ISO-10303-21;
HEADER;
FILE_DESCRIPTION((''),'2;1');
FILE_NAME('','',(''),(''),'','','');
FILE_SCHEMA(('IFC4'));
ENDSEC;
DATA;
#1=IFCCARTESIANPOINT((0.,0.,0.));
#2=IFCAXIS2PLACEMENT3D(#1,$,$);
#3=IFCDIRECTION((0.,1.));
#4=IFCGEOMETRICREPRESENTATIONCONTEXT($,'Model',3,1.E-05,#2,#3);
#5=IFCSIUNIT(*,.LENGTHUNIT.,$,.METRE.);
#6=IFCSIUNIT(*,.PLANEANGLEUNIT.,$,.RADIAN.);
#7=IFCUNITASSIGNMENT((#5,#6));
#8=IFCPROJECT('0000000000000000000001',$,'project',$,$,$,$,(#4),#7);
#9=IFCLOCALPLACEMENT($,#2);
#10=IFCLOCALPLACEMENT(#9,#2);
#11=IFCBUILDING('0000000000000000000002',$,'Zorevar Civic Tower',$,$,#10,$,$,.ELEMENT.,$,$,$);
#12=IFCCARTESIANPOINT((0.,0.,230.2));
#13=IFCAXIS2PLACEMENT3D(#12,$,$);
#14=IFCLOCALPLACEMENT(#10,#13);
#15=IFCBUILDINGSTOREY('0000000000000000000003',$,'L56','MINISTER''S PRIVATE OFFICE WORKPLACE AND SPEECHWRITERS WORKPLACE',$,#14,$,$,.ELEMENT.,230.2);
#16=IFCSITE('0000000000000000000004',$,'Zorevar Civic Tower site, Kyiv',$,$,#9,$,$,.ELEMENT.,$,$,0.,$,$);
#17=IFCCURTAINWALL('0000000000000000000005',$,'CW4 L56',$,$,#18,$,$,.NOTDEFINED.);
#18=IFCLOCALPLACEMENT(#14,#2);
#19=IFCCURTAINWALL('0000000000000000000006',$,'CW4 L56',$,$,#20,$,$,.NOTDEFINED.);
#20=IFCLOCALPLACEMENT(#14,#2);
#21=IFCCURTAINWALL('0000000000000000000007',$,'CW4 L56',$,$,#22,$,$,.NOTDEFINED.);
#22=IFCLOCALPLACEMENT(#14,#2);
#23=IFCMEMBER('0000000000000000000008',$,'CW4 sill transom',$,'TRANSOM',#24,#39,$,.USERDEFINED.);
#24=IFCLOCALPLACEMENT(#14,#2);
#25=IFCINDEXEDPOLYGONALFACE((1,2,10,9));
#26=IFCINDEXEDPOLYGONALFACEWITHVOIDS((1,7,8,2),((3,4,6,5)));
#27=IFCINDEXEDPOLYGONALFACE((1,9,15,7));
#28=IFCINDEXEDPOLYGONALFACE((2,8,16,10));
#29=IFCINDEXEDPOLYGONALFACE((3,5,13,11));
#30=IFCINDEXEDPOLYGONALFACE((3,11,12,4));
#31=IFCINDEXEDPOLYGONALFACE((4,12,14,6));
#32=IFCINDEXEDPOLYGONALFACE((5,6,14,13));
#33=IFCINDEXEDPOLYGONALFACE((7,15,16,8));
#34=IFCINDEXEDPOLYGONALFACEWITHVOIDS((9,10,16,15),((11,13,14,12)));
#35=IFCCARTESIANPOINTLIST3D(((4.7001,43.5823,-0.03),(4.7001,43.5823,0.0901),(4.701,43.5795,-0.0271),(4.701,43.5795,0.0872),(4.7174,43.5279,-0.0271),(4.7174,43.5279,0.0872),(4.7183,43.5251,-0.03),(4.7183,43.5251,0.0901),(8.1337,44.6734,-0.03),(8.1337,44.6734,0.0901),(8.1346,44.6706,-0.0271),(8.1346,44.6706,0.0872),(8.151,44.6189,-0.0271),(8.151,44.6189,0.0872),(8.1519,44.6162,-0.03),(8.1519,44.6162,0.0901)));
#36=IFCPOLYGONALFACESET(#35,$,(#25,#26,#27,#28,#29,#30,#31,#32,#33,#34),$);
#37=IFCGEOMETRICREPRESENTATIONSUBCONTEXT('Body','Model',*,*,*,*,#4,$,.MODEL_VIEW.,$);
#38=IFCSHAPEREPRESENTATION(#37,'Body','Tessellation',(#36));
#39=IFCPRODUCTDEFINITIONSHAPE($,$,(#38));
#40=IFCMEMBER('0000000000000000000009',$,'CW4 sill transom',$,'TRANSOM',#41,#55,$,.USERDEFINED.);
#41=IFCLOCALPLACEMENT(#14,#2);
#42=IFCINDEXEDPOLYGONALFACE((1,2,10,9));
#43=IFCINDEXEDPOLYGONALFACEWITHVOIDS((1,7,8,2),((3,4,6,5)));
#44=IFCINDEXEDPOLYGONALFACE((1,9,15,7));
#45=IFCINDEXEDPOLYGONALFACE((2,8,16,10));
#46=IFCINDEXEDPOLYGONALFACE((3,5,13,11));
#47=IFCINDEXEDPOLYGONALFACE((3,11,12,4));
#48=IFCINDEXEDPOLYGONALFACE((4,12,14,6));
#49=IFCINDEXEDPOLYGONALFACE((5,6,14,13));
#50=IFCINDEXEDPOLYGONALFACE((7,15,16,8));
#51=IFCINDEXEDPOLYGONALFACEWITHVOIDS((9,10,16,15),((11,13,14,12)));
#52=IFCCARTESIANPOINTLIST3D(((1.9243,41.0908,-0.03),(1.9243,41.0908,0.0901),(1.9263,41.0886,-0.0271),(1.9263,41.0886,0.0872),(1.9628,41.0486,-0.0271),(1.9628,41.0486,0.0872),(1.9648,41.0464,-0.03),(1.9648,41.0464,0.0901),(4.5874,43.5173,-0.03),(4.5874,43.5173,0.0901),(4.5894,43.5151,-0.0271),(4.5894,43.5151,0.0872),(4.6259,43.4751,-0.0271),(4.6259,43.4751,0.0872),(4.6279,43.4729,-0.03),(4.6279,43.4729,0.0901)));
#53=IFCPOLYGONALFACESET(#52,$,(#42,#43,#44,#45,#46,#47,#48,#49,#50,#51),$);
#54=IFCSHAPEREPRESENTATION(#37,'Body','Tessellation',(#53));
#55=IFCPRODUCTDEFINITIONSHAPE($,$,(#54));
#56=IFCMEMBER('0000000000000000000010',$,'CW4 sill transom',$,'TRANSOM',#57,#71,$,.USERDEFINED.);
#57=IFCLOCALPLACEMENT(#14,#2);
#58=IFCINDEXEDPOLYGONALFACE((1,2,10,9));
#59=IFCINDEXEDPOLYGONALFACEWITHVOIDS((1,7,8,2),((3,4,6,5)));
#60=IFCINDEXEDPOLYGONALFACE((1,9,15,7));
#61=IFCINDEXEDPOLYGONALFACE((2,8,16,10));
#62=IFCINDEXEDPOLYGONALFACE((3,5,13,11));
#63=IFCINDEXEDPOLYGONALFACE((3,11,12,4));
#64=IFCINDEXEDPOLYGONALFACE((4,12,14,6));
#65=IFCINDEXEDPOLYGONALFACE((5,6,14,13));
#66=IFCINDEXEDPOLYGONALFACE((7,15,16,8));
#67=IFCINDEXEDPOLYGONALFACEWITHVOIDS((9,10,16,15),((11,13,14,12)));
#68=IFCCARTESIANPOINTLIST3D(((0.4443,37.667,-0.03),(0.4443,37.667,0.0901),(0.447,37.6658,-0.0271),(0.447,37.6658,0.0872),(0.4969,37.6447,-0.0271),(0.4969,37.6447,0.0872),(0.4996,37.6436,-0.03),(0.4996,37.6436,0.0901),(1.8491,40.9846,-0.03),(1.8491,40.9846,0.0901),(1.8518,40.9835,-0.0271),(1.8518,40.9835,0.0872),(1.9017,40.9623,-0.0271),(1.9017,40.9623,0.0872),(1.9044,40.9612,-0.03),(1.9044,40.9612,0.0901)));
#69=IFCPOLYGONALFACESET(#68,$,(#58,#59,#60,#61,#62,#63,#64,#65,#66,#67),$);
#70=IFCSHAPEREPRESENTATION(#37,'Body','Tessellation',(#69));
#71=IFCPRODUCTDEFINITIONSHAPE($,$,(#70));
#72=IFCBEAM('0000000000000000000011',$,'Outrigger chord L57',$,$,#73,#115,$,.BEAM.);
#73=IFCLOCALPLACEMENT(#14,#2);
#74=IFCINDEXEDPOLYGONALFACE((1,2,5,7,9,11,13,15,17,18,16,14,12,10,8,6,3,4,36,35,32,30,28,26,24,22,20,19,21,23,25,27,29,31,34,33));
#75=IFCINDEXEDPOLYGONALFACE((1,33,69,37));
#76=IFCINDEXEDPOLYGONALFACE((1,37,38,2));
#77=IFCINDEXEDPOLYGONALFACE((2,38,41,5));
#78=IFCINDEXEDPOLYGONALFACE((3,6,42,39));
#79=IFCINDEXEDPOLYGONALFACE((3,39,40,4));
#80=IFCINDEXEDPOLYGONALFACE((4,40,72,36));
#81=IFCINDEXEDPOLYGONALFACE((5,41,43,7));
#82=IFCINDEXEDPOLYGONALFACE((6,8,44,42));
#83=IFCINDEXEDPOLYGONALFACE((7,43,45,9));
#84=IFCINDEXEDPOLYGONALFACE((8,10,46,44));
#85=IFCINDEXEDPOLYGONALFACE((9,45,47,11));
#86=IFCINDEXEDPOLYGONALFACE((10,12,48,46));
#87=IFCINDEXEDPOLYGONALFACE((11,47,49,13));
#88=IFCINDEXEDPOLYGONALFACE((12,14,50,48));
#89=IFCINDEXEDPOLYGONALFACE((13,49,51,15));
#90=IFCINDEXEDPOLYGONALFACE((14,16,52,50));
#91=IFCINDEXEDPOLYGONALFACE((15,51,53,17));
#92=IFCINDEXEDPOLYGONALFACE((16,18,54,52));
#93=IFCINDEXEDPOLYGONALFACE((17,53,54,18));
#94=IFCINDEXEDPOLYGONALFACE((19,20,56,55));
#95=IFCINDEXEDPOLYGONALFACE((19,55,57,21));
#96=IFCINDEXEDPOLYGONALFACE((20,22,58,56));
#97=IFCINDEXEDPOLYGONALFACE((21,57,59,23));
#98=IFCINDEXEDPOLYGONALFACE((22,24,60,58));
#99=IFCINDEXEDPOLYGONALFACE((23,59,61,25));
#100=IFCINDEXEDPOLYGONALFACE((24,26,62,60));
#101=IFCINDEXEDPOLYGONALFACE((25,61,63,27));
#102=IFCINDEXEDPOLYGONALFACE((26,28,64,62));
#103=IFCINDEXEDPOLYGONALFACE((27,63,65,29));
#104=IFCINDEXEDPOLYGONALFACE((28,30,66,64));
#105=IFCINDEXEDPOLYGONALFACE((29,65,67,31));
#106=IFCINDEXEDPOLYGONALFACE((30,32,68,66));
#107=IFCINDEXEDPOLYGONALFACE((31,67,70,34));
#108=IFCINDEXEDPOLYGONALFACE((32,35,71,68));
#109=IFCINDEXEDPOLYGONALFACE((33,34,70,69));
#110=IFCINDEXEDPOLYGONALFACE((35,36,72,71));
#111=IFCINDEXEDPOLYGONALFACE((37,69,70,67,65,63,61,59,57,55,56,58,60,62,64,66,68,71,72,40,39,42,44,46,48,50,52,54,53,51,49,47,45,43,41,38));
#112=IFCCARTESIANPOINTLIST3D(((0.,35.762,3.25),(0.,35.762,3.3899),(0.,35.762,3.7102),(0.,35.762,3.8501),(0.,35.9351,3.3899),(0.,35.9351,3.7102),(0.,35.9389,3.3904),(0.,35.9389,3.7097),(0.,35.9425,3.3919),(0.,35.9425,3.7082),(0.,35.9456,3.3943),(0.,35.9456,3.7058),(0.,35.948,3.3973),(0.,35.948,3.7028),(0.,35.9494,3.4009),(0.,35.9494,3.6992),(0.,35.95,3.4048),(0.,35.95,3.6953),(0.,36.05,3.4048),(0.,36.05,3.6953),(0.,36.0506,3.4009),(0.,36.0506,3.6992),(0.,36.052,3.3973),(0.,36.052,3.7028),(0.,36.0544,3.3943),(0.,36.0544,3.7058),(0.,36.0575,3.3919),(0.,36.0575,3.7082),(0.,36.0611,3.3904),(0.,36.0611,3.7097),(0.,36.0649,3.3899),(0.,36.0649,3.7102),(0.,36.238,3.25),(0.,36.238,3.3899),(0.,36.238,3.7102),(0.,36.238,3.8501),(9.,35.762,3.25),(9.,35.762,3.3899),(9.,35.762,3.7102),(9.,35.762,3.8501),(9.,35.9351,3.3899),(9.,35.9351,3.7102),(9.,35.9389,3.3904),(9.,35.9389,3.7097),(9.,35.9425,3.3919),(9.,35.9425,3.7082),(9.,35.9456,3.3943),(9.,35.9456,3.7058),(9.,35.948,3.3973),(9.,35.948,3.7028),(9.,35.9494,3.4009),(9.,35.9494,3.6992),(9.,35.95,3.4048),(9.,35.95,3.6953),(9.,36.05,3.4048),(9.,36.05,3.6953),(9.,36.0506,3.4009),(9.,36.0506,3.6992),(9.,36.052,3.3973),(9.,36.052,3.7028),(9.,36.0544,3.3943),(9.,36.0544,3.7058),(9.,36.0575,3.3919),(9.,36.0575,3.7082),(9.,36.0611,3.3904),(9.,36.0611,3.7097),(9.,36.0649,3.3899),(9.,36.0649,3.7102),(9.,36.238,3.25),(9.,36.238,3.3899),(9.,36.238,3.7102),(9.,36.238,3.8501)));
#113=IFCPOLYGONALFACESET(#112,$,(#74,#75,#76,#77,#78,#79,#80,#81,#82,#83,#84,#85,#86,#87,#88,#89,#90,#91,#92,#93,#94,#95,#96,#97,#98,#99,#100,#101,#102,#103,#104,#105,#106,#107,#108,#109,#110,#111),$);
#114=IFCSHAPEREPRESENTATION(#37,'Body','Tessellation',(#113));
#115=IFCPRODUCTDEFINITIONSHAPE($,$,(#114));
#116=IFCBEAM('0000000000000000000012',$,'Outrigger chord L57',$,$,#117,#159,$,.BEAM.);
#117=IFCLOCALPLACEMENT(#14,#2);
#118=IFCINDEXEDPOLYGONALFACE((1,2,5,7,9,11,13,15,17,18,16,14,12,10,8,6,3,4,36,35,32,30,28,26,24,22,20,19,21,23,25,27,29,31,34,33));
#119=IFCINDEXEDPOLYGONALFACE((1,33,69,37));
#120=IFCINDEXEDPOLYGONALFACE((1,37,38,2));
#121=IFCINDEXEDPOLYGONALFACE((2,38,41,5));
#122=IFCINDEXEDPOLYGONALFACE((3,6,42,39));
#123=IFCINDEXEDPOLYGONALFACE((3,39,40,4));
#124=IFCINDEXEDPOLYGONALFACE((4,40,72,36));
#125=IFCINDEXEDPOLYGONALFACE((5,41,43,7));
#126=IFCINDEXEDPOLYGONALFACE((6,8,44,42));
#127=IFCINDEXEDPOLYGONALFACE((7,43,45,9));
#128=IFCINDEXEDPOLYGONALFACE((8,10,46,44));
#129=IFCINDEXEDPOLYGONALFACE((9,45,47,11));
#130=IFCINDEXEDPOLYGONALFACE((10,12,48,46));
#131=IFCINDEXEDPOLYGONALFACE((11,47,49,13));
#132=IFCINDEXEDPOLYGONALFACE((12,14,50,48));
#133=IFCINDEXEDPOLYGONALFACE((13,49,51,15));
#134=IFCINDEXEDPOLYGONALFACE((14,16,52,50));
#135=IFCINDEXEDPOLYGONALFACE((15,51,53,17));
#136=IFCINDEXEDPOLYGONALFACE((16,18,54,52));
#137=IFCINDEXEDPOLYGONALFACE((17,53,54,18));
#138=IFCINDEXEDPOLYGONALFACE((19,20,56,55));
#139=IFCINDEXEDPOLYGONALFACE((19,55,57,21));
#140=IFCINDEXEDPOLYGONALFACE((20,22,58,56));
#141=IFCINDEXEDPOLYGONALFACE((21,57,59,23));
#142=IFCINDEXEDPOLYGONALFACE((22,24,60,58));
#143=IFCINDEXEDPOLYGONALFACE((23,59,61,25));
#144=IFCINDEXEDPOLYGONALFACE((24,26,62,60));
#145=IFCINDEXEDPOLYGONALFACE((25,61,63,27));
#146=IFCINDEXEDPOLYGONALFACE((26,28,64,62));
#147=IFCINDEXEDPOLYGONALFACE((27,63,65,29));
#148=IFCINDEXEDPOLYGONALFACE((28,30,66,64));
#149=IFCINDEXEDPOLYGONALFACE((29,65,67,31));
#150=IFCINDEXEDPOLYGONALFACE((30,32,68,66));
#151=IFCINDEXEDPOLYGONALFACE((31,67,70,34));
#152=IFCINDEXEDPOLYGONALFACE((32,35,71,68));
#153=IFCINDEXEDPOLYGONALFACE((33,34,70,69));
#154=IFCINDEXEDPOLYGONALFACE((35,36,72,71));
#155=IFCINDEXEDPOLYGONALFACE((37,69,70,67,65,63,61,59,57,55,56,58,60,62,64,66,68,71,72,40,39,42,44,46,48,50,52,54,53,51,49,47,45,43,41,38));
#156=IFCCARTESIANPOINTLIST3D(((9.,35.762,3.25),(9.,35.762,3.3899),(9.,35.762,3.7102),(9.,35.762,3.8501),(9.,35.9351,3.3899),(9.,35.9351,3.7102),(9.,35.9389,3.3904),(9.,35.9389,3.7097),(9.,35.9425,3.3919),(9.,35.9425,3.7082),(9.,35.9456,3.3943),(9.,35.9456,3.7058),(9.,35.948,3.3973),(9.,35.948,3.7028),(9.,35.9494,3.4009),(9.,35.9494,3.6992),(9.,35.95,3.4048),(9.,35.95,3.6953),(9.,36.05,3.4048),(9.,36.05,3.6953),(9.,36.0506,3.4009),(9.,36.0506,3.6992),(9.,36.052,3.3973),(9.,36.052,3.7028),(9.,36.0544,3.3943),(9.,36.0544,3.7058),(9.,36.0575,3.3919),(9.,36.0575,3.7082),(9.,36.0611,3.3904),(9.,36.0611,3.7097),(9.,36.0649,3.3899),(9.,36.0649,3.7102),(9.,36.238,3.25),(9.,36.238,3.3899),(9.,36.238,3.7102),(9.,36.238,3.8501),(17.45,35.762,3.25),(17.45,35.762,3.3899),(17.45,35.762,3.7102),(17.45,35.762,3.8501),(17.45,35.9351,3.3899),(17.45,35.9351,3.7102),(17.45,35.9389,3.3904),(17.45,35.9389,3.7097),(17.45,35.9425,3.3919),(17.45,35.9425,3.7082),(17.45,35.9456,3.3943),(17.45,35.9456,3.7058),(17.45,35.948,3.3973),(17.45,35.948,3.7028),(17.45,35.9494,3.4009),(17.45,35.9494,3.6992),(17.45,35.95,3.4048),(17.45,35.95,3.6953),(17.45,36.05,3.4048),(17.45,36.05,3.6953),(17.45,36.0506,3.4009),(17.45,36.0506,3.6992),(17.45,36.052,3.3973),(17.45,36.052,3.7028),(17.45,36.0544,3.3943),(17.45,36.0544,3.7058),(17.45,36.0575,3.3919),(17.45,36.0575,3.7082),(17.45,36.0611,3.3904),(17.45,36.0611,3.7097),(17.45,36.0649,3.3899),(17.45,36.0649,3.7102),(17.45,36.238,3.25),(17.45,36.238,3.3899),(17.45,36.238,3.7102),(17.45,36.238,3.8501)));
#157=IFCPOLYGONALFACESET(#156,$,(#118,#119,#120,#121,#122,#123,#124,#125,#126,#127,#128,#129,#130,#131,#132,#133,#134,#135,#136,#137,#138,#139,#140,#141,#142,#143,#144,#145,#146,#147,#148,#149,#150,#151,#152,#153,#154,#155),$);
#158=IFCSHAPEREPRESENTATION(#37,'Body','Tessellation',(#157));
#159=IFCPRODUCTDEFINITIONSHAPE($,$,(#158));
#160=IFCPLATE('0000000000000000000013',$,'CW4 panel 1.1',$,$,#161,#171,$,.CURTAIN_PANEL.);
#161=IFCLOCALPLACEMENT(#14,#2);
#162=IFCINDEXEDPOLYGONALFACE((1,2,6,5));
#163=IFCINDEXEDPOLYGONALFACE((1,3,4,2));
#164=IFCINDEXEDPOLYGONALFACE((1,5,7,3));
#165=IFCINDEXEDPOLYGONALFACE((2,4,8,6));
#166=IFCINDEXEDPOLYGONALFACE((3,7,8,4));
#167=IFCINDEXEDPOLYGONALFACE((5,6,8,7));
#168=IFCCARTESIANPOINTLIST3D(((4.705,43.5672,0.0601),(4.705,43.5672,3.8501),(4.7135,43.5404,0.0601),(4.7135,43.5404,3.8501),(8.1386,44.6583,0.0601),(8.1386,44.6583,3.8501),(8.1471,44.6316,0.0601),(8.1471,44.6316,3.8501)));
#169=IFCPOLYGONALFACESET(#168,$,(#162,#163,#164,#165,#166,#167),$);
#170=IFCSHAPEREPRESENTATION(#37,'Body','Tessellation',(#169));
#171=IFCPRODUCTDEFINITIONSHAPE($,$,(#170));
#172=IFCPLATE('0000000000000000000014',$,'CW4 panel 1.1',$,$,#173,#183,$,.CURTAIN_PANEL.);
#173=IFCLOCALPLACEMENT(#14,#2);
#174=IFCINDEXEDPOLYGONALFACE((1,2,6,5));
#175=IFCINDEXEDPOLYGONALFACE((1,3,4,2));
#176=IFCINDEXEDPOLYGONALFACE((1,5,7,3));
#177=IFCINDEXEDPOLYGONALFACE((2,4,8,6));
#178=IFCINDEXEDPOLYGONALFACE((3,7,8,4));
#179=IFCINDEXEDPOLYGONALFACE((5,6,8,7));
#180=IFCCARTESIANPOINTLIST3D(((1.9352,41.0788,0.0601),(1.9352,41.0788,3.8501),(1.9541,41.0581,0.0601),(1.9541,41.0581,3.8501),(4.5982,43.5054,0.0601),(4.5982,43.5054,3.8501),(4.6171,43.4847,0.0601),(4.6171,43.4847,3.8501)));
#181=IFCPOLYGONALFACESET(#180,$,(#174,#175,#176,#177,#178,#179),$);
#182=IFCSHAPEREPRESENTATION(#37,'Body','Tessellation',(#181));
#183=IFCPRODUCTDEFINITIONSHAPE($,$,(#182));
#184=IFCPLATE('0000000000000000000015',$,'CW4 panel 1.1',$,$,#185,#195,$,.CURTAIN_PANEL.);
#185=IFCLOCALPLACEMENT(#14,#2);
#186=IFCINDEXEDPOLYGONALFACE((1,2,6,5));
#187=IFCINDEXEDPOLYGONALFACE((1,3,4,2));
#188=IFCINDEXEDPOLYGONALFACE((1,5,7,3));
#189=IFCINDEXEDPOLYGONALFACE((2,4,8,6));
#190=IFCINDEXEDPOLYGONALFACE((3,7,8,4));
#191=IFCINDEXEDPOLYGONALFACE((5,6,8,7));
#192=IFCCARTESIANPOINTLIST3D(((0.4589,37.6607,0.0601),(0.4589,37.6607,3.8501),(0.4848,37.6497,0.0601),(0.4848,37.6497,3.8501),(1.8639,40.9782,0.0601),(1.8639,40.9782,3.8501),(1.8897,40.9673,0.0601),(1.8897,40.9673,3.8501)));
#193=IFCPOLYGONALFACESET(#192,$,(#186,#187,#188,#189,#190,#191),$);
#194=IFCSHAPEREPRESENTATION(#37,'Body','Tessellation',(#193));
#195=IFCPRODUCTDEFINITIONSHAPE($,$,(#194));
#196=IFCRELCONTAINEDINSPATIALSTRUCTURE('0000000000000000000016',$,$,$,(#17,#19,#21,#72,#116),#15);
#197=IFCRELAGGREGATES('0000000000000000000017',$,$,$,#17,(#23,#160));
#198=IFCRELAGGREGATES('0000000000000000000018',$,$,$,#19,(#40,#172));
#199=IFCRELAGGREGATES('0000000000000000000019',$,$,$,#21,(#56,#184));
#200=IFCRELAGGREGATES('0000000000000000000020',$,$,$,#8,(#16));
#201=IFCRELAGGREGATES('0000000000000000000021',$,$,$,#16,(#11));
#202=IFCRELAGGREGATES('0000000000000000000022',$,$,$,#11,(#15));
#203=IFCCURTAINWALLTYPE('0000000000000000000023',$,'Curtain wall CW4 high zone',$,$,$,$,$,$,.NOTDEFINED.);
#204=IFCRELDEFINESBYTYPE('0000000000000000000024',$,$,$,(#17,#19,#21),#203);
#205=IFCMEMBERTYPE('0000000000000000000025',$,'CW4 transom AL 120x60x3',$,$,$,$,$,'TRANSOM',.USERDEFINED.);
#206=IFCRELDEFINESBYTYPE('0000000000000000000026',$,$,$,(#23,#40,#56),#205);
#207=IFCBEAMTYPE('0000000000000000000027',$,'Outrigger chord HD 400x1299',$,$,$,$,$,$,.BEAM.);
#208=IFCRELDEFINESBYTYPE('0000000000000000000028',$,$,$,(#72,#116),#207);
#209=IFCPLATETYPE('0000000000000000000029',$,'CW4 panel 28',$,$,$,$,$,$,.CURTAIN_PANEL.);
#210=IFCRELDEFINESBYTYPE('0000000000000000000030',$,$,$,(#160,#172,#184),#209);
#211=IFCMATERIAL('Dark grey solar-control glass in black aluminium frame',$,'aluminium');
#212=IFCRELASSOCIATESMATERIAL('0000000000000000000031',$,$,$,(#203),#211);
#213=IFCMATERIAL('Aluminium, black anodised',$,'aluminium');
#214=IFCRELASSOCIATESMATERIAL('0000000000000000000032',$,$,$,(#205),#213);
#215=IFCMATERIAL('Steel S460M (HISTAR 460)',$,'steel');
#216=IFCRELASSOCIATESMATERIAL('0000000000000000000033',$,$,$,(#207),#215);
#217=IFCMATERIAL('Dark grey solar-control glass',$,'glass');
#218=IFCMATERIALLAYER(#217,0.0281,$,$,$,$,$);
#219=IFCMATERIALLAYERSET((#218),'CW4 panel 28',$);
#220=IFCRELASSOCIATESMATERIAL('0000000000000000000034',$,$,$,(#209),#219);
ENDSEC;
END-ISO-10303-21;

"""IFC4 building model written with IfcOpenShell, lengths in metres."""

from ifc_helpers import new_model, si_unit, direction, frame, origin, origin_2d, place, context, subcontext, project, spatial, rectangle, hollow_rectangle, i_section, extrude, material, layer, layer_set, material_profile, profile_set, type_object, element, aggregate, save


model = new_model("IFC4")

# Units and contexts
model_context = context("Model", 3, precision=1e-05, world=origin(), true_north=direction((0.0, 1.0)))
body_context = subcontext(model_context, "Body", "Model", "MODEL_VIEW")
ifc_project = project(units=[si_unit("LENGTHUNIT", "METRE"), si_unit("PLANEANGLEUNIT", "RADIAN")], contexts=[model_context])

# Site, building, storey
site_placement = place(None, origin())
site = spatial("IfcSite", under=ifc_project, at=site_placement, Name="Zorevar Civic Tower site, Kyiv", CompositionType="ELEMENT", RefElevation=0.0)
building_placement = place(site_placement, origin())
building = spatial("IfcBuilding", under=site, at=building_placement, Name="Zorevar Civic Tower", CompositionType="ELEMENT")
storey_placement = place(building_placement, frame((0.0, 0.0, 230.2)))
storey = spatial("IfcBuildingStorey", under=building, at=storey_placement, Name="L56", Description="MINISTER'S PRIVATE OFFICE WORKPLACE AND SPEECHWRITERS WORKPLACE", CompositionType="ELEMENT", Elevation=230.2)

# Shared definitions
ifc_material_1 = material(Name="Dark grey solar-control glass in black aluminium frame", Category="aluminium")
curtain_wall_type = type_object("IfcCurtainWallType", Name="Curtain wall CW4 high zone", PredefinedType="NOTDEFINED", material=ifc_material_1)

# Curtain walls
curtain_wall_1_placement = place(storey_placement, origin())
curtain_wall_1 = element("IfcCurtainWall", 1, at=curtain_wall_1_placement, inside=storey, type_object=curtain_wall_type, Name="CW4 L56", PredefinedType="NOTDEFINED")
curtain_wall_2_placement = place(storey_placement, origin())
curtain_wall_2 = element("IfcCurtainWall", 2, at=curtain_wall_2_placement, inside=storey, type_object=curtain_wall_type, Name="CW4 L56", PredefinedType="NOTDEFINED")
curtain_wall_3_placement = place(storey_placement, origin())
curtain_wall_3 = element("IfcCurtainWall", 3, at=curtain_wall_3_placement, inside=storey, type_object=curtain_wall_type, Name="CW4 L56", PredefinedType="NOTDEFINED")

# Members
ifc_material_2 = material(Name="Aluminium, black anodised", Category="aluminium")
ifc_material_profile_1 = material_profile(ifc_material_2, hollow_rectangle(XDim=0.0601, YDim=0.1201, WallThickness=0.0029, at=origin_2d()), Name="AL 120x60x3")
ifc_profile_set_1 = profile_set([ifc_material_profile_1], Name="Aluminium, black anodised")
member_type_1 = type_object("IfcMemberType", Name="CW4 transom AL 120x60x3", ElementType="TRANSOM", PredefinedType="USERDEFINED", material=ifc_profile_set_1)
member_1_placement = place(storey_placement, frame((8.1428, 44.6448, 0.03), z_axis=(-0.953041, -0.30284, 0.0), x_axis=(0.30284, -0.953041, 0.0)))
member_1 = element("IfcMember", 4, at=member_1_placement, type_object=member_type_1, Name="CW4 sill transom", ObjectType="TRANSOM", PredefinedType="USERDEFINED", context=body_context, shape_type="SweptSolid", body=[
    extrude(hollow_rectangle(XDim=0.0601, YDim=0.1201, WallThickness=0.0029, at=origin_2d()), origin(), (0.0, 0.0, 1.0), 3.6028),
])
member_2_placement = place(storey_placement, frame((4.6077, 43.4951, 0.03), z_axis=(-0.739176, -0.673512, 0.0), x_axis=(0.673512, -0.739176, 0.0)))
member_2 = element("IfcMember", 5, at=member_2_placement, type_object=member_type_1, Name="CW4 sill transom", ObjectType="TRANSOM", PredefinedType="USERDEFINED", context=body_context, shape_type="SweptSolid", body=[
    extrude(hollow_rectangle(XDim=0.0601, YDim=0.1201, WallThickness=0.0029, at=origin_2d()), origin(), (0.0, 0.0, 1.0), 3.6028),
])
member_3_placement = place(storey_placement, frame((1.8767, 40.9729, 0.03), z_axis=(-0.389916, -0.92085, 0.0), x_axis=(0.92085, -0.389916, 0.0)))
member_3 = element("IfcMember", 6, at=member_3_placement, type_object=member_type_1, Name="CW4 sill transom", ObjectType="TRANSOM", PredefinedType="USERDEFINED", context=body_context, shape_type="SweptSolid", body=[
    extrude(hollow_rectangle(XDim=0.0601, YDim=0.1201, WallThickness=0.0029, at=origin_2d()), origin(), (0.0, 0.0, 1.0), 3.6028),
])

# Beams
ifc_material_3 = material(Name="Steel S460M (HISTAR 460)", Category="steel")
ifc_material_profile_2 = material_profile(ifc_material_3, i_section(OverallWidth=0.4761, OverallDepth=0.6001, WebThickness=0.1001, FlangeThickness=0.1399, FilletRadius=0.0149, at=origin_2d()), Name="HD 400x1299")
ifc_profile_set_2 = profile_set([ifc_material_profile_2], Name="Steel S460M (HISTAR 460)")
beam_type_1 = type_object("IfcBeamType", Name="Outrigger chord HD 400x1299", PredefinedType="BEAM", material=ifc_profile_set_2)
beam_1_placement = place(storey_placement, frame((0.0, 36.0, 3.55), z_axis=(1.0, 0.0, 0.0), x_axis=(0.0, 1.0, 0.0)))
element("IfcBeam", 7, at=beam_1_placement, inside=storey, type_object=beam_type_1, Name="Outrigger chord L57", PredefinedType="BEAM", context=body_context, shape_type="SweptSolid", body=[
    extrude(i_section(OverallWidth=0.4761, OverallDepth=0.6001, WebThickness=0.1001, FlangeThickness=0.1399, FilletRadius=0.0149, at=origin_2d()), origin(), (0.0, 0.0, 1.0), 9.0),
])
beam_2_placement = place(storey_placement, frame((9.0, 36.0, 3.55), z_axis=(1.0, 0.0, 0.0), x_axis=(0.0, 1.0, 0.0)))
element("IfcBeam", 8, at=beam_2_placement, inside=storey, type_object=beam_type_1, Name="Outrigger chord L57", PredefinedType="BEAM", context=body_context, shape_type="SweptSolid", body=[
    extrude(i_section(OverallWidth=0.4761, OverallDepth=0.6001, WebThickness=0.1001, FlangeThickness=0.1399, FilletRadius=0.0149, at=origin_2d()), origin(), (0.0, 0.0, 1.0), 8.45),
])

# Plates
ifc_material_4 = material(Name="Dark grey solar-control glass", Category="glass")
ifc_layer_1 = layer(ifc_material_4, 0.0281)
ifc_layer_set_1 = layer_set([ifc_layer_1], Name="CW4 panel 28")
plate_type = type_object("IfcPlateType", Name="CW4 panel 28", PredefinedType="CURTAIN_PANEL", material=ifc_layer_set_1)
plate_1_placement = place(storey_placement, frame((6.426, 44.0994, 0.0601), z_axis=(0.0, 0.0, 1.0), x_axis=(-0.953035, -0.302859, 0.0)))
plate_1 = element("IfcPlate", 9, at=plate_1_placement, type_object=plate_type, Name="CW4 panel 1.1", PredefinedType="CURTAIN_PANEL", context=body_context, shape_type="SweptSolid", body=[
    extrude(rectangle(XDim=3.6028, YDim=0.0281, at=origin_2d()), origin(), (0.0, 0.0, 1.0), 3.79),
])
aggregate(curtain_wall_1, [member_1, plate_1])
plate_2_placement = place(storey_placement, frame((3.2761, 42.2817, 0.0601), z_axis=(0.0, 0.0, 1.0), x_axis=(-0.739157, -0.673533, 0.0)))
plate_2 = element("IfcPlate", 10, at=plate_2_placement, type_object=plate_type, Name="CW4 panel 1.1", PredefinedType="CURTAIN_PANEL", context=body_context, shape_type="SweptSolid", body=[
    extrude(rectangle(XDim=3.6028, YDim=0.0281, at=origin_2d()), origin(), (0.0, 0.0, 1.0), 3.79),
])
aggregate(curtain_wall_2, [member_2, plate_2])
plate_3_placement = place(storey_placement, frame((1.1743, 39.314, 0.0601), z_axis=(0.0, 0.0, 1.0), x_axis=(-0.389965, -0.92083, 0.0)))
plate_3 = element("IfcPlate", 11, at=plate_3_placement, type_object=plate_type, Name="CW4 panel 1.1", PredefinedType="CURTAIN_PANEL", context=body_context, shape_type="SweptSolid", body=[
    extrude(rectangle(XDim=3.6028, YDim=0.0281, at=origin_2d()), origin(), (0.0, 0.0, 1.0), 3.79),
])
aggregate(curtain_wall_3, [member_3, plate_3])

save(model, "model.ifc")
